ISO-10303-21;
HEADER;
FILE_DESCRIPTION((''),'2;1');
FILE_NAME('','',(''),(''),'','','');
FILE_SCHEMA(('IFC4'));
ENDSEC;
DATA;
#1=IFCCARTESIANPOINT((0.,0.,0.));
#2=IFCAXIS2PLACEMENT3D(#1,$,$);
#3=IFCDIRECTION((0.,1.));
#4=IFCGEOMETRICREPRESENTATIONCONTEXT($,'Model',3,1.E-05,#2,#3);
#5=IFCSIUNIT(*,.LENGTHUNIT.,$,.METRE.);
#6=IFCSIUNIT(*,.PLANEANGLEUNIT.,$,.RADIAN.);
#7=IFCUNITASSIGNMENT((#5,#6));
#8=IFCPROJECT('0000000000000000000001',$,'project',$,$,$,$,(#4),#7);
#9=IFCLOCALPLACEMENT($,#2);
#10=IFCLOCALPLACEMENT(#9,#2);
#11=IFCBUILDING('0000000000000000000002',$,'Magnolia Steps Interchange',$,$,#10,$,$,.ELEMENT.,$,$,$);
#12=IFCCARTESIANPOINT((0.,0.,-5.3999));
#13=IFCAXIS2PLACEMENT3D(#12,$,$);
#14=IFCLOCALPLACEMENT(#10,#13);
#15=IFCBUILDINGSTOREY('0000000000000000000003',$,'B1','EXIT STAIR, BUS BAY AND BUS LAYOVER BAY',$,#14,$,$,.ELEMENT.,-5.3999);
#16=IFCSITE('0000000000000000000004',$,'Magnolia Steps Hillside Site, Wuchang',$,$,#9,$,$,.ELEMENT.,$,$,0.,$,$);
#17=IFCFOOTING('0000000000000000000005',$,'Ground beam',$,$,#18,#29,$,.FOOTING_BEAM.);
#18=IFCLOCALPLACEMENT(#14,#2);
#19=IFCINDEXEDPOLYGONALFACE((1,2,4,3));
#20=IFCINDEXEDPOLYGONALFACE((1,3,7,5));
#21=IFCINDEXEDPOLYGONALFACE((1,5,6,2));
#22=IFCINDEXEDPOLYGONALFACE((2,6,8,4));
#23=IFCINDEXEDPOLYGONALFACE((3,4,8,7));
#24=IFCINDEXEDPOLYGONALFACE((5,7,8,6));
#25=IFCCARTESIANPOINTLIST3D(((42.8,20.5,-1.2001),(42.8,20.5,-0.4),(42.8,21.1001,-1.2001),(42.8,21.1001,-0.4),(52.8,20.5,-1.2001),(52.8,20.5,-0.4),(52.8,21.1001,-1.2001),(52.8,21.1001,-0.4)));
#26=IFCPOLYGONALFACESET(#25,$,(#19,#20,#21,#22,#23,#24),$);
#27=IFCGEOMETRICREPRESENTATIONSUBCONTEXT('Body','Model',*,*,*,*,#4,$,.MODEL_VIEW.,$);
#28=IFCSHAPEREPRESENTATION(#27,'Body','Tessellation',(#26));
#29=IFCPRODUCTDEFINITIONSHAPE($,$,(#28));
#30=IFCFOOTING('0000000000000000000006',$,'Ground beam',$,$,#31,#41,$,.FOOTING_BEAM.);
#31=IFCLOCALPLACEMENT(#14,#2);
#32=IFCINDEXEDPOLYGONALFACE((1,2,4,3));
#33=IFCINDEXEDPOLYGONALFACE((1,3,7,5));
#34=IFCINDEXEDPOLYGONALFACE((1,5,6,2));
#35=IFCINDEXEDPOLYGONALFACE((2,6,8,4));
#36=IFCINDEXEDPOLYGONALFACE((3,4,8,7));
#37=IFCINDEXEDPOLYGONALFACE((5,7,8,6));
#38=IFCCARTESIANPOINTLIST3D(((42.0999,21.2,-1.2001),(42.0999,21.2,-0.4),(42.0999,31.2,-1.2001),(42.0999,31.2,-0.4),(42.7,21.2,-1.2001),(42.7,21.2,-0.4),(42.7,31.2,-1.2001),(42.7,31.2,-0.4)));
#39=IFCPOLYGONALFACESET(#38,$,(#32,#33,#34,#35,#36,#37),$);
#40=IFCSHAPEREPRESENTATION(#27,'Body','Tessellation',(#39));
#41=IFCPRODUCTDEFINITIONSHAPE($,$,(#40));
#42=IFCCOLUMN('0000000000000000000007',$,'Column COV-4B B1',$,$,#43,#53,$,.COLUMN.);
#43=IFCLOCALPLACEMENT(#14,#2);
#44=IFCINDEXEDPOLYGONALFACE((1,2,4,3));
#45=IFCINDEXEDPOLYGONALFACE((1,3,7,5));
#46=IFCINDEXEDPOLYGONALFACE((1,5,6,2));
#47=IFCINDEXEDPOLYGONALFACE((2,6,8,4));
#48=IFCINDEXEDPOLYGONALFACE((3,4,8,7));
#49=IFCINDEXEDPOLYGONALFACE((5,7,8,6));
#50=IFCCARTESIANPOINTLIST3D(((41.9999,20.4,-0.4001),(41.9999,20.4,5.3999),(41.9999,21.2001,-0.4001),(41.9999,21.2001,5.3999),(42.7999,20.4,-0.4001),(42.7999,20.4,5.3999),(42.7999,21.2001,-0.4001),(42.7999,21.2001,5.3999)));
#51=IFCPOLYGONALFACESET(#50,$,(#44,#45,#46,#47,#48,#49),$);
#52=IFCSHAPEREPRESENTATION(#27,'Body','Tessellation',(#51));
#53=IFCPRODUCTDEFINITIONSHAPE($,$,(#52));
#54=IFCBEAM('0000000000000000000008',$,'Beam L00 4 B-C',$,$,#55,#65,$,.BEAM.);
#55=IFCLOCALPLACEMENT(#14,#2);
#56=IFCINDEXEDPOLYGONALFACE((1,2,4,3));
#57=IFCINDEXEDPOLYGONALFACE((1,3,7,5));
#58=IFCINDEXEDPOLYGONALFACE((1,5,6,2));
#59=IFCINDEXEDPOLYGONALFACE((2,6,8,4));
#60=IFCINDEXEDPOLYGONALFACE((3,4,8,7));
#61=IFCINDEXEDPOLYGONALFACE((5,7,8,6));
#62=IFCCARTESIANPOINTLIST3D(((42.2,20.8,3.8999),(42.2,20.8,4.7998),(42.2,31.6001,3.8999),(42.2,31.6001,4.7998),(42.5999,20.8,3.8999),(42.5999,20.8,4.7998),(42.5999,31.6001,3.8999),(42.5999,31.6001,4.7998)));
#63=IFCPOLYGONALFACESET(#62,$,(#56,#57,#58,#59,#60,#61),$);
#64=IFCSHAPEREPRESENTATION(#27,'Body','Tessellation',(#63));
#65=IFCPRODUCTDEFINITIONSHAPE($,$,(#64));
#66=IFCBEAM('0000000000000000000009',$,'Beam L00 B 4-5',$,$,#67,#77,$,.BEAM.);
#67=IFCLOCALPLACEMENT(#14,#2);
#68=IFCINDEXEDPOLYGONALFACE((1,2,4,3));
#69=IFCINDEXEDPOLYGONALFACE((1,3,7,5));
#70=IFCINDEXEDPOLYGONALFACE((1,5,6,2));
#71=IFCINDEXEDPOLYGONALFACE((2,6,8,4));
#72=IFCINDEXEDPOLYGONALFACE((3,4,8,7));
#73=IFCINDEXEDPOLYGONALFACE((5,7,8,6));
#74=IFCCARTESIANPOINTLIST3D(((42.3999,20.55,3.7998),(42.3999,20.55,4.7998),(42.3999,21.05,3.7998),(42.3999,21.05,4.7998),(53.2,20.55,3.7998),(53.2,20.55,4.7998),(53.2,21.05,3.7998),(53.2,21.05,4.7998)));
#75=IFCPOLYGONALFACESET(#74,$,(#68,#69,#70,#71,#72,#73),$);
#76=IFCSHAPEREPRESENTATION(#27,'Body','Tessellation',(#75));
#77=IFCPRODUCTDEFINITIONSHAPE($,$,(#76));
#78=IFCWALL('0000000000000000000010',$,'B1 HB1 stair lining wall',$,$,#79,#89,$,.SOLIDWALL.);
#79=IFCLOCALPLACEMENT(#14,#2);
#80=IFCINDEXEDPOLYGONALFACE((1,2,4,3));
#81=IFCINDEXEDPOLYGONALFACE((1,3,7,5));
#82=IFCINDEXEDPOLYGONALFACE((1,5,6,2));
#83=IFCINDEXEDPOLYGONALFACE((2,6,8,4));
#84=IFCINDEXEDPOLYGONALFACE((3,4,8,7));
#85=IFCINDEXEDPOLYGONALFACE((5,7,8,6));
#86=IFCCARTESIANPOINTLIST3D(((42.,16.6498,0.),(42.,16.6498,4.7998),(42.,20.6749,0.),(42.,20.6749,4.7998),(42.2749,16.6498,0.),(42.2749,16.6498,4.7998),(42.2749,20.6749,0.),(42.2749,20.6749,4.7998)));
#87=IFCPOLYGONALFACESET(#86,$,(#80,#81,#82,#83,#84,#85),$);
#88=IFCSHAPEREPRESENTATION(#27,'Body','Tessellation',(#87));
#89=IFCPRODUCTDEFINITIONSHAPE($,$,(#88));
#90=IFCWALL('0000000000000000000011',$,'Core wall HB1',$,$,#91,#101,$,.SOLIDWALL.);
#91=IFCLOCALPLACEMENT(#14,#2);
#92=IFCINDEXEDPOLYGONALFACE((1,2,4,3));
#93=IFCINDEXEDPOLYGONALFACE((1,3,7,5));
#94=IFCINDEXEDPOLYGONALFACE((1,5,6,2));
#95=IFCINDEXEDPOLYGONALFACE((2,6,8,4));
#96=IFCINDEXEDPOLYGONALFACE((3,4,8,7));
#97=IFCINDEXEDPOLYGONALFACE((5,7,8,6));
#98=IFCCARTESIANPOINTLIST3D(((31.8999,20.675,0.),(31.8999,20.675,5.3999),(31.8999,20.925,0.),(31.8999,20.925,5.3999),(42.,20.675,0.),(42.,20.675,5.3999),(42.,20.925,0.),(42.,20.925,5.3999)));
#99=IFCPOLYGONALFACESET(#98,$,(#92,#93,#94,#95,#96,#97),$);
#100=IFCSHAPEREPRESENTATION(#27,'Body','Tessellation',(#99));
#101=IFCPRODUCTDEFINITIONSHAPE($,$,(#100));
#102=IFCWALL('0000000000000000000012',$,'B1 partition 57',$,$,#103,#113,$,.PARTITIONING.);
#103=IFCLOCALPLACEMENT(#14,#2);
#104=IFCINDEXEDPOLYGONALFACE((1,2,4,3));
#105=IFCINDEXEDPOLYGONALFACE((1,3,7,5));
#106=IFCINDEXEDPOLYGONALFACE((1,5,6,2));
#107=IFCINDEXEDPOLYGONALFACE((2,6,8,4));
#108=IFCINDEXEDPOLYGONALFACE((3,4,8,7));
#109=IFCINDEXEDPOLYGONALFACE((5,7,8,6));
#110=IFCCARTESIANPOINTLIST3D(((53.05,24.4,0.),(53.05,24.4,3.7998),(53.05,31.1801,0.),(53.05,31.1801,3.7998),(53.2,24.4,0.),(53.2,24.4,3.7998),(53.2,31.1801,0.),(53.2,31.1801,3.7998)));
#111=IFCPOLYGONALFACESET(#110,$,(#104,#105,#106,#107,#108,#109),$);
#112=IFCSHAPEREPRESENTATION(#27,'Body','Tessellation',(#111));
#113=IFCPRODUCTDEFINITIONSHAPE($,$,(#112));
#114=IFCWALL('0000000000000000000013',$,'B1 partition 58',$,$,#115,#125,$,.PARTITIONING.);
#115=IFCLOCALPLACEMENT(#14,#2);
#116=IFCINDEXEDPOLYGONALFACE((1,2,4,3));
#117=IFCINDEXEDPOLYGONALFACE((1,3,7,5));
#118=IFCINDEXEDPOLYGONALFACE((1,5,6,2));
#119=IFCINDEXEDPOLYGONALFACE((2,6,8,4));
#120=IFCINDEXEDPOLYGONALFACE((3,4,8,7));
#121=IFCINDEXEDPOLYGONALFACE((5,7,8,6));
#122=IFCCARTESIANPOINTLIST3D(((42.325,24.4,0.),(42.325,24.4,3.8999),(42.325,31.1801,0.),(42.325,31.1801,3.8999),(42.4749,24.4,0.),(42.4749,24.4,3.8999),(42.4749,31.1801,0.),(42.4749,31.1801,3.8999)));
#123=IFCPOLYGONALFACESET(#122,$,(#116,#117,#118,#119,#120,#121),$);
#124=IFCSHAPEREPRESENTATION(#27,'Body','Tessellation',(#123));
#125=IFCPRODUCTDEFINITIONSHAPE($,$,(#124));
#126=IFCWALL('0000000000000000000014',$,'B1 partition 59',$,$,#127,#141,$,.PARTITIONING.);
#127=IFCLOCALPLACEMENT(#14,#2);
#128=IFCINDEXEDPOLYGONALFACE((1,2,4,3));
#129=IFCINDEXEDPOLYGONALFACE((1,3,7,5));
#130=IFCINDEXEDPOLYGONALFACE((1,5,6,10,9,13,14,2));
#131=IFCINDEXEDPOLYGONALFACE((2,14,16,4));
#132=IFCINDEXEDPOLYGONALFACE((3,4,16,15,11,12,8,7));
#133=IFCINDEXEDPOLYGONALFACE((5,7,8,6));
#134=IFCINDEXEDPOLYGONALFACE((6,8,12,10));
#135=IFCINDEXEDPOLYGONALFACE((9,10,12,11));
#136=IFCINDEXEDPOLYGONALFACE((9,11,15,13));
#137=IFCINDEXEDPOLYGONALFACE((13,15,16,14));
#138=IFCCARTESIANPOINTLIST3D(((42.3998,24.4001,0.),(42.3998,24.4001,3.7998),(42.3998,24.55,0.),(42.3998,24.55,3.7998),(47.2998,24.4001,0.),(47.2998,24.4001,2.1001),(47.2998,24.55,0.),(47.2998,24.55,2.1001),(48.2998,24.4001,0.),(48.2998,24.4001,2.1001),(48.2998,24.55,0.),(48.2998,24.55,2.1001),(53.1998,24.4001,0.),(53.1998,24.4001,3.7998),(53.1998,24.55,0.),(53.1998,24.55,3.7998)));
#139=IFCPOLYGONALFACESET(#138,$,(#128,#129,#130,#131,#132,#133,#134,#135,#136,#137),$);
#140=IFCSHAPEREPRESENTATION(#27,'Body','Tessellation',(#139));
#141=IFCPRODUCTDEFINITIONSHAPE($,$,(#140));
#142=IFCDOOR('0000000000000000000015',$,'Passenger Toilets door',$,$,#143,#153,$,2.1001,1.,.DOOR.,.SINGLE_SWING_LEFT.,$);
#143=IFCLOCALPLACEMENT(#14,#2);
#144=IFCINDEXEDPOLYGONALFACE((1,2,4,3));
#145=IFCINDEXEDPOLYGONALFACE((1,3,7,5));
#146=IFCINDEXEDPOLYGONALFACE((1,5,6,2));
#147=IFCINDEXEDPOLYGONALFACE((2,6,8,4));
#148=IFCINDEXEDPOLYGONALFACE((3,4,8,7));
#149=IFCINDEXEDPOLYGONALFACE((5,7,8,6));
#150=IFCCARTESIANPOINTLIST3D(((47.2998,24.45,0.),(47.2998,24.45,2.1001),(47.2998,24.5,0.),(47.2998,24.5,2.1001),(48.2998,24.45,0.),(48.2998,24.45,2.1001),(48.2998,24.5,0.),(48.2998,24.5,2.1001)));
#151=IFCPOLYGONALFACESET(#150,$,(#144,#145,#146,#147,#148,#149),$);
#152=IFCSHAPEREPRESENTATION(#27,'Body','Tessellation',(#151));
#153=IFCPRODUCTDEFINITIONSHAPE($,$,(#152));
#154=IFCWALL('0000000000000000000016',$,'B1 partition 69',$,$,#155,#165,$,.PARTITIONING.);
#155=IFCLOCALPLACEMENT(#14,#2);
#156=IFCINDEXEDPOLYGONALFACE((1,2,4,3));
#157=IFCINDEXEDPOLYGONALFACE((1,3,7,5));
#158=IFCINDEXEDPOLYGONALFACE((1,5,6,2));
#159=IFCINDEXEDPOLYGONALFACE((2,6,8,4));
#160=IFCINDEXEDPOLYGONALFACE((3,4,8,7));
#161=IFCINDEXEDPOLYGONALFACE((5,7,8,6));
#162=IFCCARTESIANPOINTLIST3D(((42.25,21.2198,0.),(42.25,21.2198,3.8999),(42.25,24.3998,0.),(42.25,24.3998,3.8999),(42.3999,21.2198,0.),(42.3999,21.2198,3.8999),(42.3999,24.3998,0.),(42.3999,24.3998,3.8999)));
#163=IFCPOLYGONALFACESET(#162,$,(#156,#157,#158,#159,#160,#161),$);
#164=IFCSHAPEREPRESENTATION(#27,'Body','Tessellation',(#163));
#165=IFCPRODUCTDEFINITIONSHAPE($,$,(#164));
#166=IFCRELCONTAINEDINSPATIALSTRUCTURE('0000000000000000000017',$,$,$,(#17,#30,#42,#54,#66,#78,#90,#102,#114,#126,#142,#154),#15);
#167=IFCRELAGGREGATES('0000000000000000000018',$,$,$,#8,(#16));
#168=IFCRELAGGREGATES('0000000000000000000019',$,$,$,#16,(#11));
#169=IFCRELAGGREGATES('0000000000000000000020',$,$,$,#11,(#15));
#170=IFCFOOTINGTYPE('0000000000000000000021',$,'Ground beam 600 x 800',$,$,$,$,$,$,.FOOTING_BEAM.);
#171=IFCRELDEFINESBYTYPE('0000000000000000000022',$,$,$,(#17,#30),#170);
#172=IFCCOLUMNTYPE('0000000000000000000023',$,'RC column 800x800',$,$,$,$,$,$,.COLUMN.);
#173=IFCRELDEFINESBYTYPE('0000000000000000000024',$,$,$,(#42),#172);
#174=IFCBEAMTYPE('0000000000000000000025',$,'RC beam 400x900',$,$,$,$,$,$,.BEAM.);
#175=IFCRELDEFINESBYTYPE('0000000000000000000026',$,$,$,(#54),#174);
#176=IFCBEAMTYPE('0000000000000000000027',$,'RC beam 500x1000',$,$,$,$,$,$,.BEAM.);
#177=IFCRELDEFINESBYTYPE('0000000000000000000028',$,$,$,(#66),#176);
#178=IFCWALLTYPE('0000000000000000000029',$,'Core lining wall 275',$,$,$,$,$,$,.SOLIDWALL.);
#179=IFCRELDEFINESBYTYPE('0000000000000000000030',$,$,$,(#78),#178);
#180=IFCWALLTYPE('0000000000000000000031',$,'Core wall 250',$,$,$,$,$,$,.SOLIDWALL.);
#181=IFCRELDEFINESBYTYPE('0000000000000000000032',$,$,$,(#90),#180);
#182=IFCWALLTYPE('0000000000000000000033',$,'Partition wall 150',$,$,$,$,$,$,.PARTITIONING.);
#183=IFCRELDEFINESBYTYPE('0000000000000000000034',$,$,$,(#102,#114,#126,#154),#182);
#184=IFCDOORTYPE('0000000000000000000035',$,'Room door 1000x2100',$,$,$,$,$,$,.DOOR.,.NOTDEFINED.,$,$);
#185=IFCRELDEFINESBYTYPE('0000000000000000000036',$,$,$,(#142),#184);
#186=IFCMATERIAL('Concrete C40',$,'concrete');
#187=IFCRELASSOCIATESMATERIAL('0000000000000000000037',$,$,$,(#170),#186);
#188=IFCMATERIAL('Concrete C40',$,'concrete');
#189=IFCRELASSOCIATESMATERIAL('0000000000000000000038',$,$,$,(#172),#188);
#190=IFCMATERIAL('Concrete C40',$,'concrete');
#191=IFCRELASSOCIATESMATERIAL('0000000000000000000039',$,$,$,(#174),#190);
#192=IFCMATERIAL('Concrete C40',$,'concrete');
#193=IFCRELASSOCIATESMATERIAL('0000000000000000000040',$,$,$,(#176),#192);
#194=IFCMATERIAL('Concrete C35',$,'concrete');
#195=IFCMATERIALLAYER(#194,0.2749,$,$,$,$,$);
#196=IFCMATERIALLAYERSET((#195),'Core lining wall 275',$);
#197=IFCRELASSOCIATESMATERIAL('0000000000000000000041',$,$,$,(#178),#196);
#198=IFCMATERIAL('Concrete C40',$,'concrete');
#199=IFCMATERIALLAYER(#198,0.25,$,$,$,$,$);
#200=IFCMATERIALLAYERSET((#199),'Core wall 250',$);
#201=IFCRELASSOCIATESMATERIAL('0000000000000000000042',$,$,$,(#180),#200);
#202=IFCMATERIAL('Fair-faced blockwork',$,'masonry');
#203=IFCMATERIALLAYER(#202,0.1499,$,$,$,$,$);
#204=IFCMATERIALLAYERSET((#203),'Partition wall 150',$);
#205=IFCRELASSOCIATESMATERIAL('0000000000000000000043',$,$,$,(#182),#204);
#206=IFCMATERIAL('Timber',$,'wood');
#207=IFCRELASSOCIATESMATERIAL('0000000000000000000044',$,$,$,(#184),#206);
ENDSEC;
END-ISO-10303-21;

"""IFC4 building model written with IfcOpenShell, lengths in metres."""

from ifc_helpers import new_model, si_unit, direction, frame, frame_2d, origin, origin_2d, place, context, subcontext, project, spatial, rectangle, extrude, material, layer, layer_set, material_profile, profile_set, type_object, element, fill, save


model = new_model("IFC4")

# Units and contexts
model_context = context("Model", 3, precision=1e-05, world=origin(), true_north=direction((0.0, 1.0)))
body_context = subcontext(model_context, "Body", "Model", "MODEL_VIEW")
ifc_project = project(units=[si_unit("LENGTHUNIT", "METRE"), si_unit("PLANEANGLEUNIT", "RADIAN")], contexts=[model_context])

# Site, building, storey
site_placement = place(None, origin())
site = spatial("IfcSite", under=ifc_project, at=site_placement, Name="Magnolia Steps Hillside Site, Wuchang", CompositionType="ELEMENT", RefElevation=0.0)
building_placement = place(site_placement, origin())
building = spatial("IfcBuilding", under=site, at=building_placement, Name="Magnolia Steps Interchange", CompositionType="ELEMENT")
storey_placement = place(building_placement, frame((0.0, 0.0, -5.3999)))
storey = spatial("IfcBuildingStorey", under=building, at=storey_placement, Name="B1", Description="EXIT STAIR, BUS BAY AND BUS LAYOVER BAY", CompositionType="ELEMENT", Elevation=-5.3999)

# Footings
ifc_material_1 = material(Name="Concrete C40", Category="concrete")
ifc_material_profile_1 = material_profile(ifc_material_1, rectangle(XDim=0.6001, YDim=0.8, at=origin_2d()), Name="RC600x800")
ifc_profile_set_1 = profile_set([ifc_material_profile_1], Name="Concrete C40")
footing_type = type_object("IfcFootingType", Name="Ground beam 600 x 800", PredefinedType="FOOTING_BEAM", material=ifc_profile_set_1)
for number, where, z_axis, x_axis, name in (
    (1, (42.8, 20.8, -0.8), (1.0, 0.0, 0.0), (0.0, 1.0, 0.0), "Ground beam"),
    (2, (42.3999, 21.2, -0.8), (0.0, 1.0, 0.0), (-1.0, 0.0, 0.0), "Ground beam"),
):
    element("IfcFooting", number, at=place(storey_placement, frame(where, z_axis=z_axis, x_axis=x_axis)), inside=storey, type_object=footing_type, Name=name, PredefinedType="FOOTING_BEAM", context=body_context, shape_type="SweptSolid", body=[
        extrude(rectangle(XDim=0.6001, YDim=0.8, at=origin_2d()), origin(), (0.0, 0.0, 1.0), 10.0),
    ])

# Column
ifc_material_2 = material(Name="Concrete C40", Category="concrete")
ifc_material_profile_2 = material_profile(ifc_material_2, rectangle(XDim=0.8, YDim=0.8, at=origin_2d()), Name="RC800x800")
ifc_profile_set_2 = profile_set([ifc_material_profile_2], Name="Concrete C40")
column_type = type_object("IfcColumnType", Name="RC column 800x800", PredefinedType="COLUMN", material=ifc_profile_set_2)
column_placement = place(storey_placement, frame((42.3999, 20.8, -0.4001), z_axis=(0.0, 0.0, 1.0), x_axis=(1.0, 0.0, 0.0)))
element("IfcColumn", 3, at=column_placement, inside=storey, type_object=column_type, Name="Column COV-4B B1", PredefinedType="COLUMN", context=body_context, shape_type="SweptSolid", body=[
    extrude(rectangle(XDim=0.8, YDim=0.8, at=origin_2d()), origin(), (0.0, 0.0, 1.0), 5.8),
])

# Beams
ifc_material_3 = material(Name="Concrete C40", Category="concrete")
ifc_material_profile_3 = material_profile(ifc_material_3, rectangle(XDim=0.3999, YDim=0.8999, at=origin_2d()), Name="RC400x900")
ifc_profile_set_3 = profile_set([ifc_material_profile_3], Name="Concrete C40")
beam_type_1 = type_object("IfcBeamType", Name="RC beam 400x900", PredefinedType="BEAM", material=ifc_profile_set_3)
beam_1_placement = place(storey_placement, frame((42.3999, 20.8, 4.3499), z_axis=(0.0, 1.0, 0.0), x_axis=(-1.0, 0.0, 0.0)))
element("IfcBeam", 4, at=beam_1_placement, inside=storey, type_object=beam_type_1, Name="Beam L00 4 B-C", PredefinedType="BEAM", context=body_context, shape_type="SweptSolid", body=[
    extrude(rectangle(XDim=0.3999, YDim=0.8999, at=origin_2d()), origin(), (0.0, 0.0, 1.0), 10.8),
])
ifc_material_4 = material(Name="Concrete C40", Category="concrete")
ifc_material_profile_4 = material_profile(ifc_material_4, rectangle(XDim=0.5, YDim=1.0, at=origin_2d()), Name="RC500x1000")
ifc_profile_set_4 = profile_set([ifc_material_profile_4], Name="Concrete C40")
beam_type_2 = type_object("IfcBeamType", Name="RC beam 500x1000", PredefinedType="BEAM", material=ifc_profile_set_4)
beam_2_placement = place(storey_placement, frame((42.3999, 20.8, 4.2998), z_axis=(1.0, 0.0, 0.0), x_axis=(0.0, 1.0, 0.0)))
element("IfcBeam", 5, at=beam_2_placement, inside=storey, type_object=beam_type_2, Name="Beam L00 B 4-5", PredefinedType="BEAM", context=body_context, shape_type="SweptSolid", body=[
    extrude(rectangle(XDim=0.5, YDim=1.0, at=origin_2d()), origin(), (0.0, 0.0, 1.0), 10.8),
])

# Walls
ifc_material_5 = material(Name="Concrete C35", Category="concrete")
ifc_layer_1 = layer(ifc_material_5, 0.2749)
ifc_layer_set_1 = layer_set([ifc_layer_1], Name="Core lining wall 275")
wall_type_1 = type_object("IfcWallType", Name="Core lining wall 275", PredefinedType="SOLIDWALL", material=ifc_layer_set_1)
wall_1_placement = place(storey_placement, frame((42.1375, 20.675, 0.0), z_axis=(0.0, 0.0, 1.0), x_axis=(0.0, -1.0, 0.0)))
element("IfcWall", 6, at=wall_1_placement, inside=storey, type_object=wall_type_1, Name="B1 HB1 stair lining wall", PredefinedType="SOLIDWALL", context=body_context, shape_type="SweptSolid", body=[
    extrude(rectangle(XDim=4.0251, YDim=0.2749, at=frame_2d((2.0127, 0.0))), origin(), (0.0, 0.0, 1.0), 4.7998),
])
ifc_material_6 = material(Name="Concrete C40", Category="concrete")
ifc_layer_2 = layer(ifc_material_6, 0.25)
ifc_layer_set_2 = layer_set([ifc_layer_2], Name="Core wall 250")
wall_type_2 = type_object("IfcWallType", Name="Core wall 250", PredefinedType="SOLIDWALL", material=ifc_layer_set_2)
wall_2_placement = place(storey_placement, frame((42.0, 20.8, 0.0), z_axis=(0.0, 0.0, 1.0), x_axis=(-1.0, 0.0, 0.0)))
element("IfcWall", 7, at=wall_2_placement, inside=storey, type_object=wall_type_2, Name="Core wall HB1", PredefinedType="SOLIDWALL", context=body_context, shape_type="SweptSolid", body=[
    extrude(rectangle(XDim=10.1001, YDim=0.25, at=frame_2d((5.05, 0.0))), origin(), (0.0, 0.0, 1.0), 5.3999),
])
ifc_material_7 = material(Name="Fair-faced blockwork", Category="masonry")
ifc_layer_3 = layer(ifc_material_7, 0.1499)
ifc_layer_set_3 = layer_set([ifc_layer_3], Name="Partition wall 150")
wall_type_3 = type_object("IfcWallType", Name="Partition wall 150", PredefinedType="PARTITIONING", material=ifc_layer_set_3)
wall_3_placement = place(storey_placement, frame((53.125, 24.3999, 0.0), z_axis=(0.0, 0.0, 1.0), x_axis=(0.0, 1.0, 0.0)))
element("IfcWall", 8, at=wall_3_placement, inside=storey, type_object=wall_type_3, Name="B1 partition 57", PredefinedType="PARTITIONING", context=body_context, shape_type="SweptSolid", body=[
    extrude(rectangle(XDim=6.78, YDim=0.1499, at=frame_2d((3.3901, 0.0))), origin(), (0.0, 0.0, 1.0), 3.7998),
])
wall_4_placement = place(storey_placement, frame((42.3999, 24.3999, 0.0), z_axis=(0.0, 0.0, 1.0), x_axis=(0.0, 1.0, 0.0)))
element("IfcWall", 9, at=wall_4_placement, inside=storey, type_object=wall_type_3, Name="B1 partition 58", PredefinedType="PARTITIONING", context=body_context, shape_type="SweptSolid", body=[
    extrude(rectangle(XDim=6.78, YDim=0.1499, at=frame_2d((3.3901, 0.0))), origin(), (0.0, 0.0, 1.0), 3.8999),
])

# Wall, opening, door
wall_5_placement = place(storey_placement, frame((42.3999, 24.4751, 0.0), z_axis=(0.0, 0.0, 1.0), x_axis=(1.0, 0.0, 0.0)))
wall_5 = element("IfcWall", 10, at=wall_5_placement, inside=storey, type_object=wall_type_3, Name="B1 partition 59", PredefinedType="PARTITIONING", context=body_context, shape_type="SweptSolid", body=[
    extrude(rectangle(XDim=10.8, YDim=0.1499, at=frame_2d((5.3999, 0.0))), origin(), (0.0, 0.0, 1.0), 3.7998),
])
opening_placement = place(wall_5_placement, frame((4.8999, 0.0, 0.0)))
opening = element("IfcOpeningElement", 11, at=opening_placement, cuts=wall_5, PredefinedType="OPENING", context=body_context, shape_type="SweptSolid", body=[
    extrude(rectangle(XDim=1.0, YDim=2.1001, at=frame_2d((0.5, 1.05))), frame((0.0, 0.085, 0.0), z_axis=(0.0, -1.0, 0.0), x_axis=(1.0, 0.0, 0.0)), (0.0, 0.0, 1.0), 0.1699),
])
ifc_material_8 = material(Name="Timber", Category="wood")
door_type = type_object("IfcDoorType", Name="Room door 1000x2100", OperationType="NOTDEFINED", PredefinedType="DOOR", material=ifc_material_8)
door_placement = place(opening_placement, origin())
door = element("IfcDoor", 12, at=door_placement, inside=storey, type_object=door_type, Name="Passenger Toilets door", OperationType="SINGLE_SWING_LEFT", OverallHeight=2.1001, OverallWidth=1.0, PredefinedType="DOOR", context=body_context, shape_type="SweptSolid", body=[
    extrude(rectangle(XDim=1.0, YDim=2.1001, at=frame_2d((0.5, 1.05))), frame((0.0, 0.0249, 0.0), z_axis=(0.0, -1.0, 0.0), x_axis=(1.0, 0.0, 0.0)), (0.0, 0.0, 1.0), 0.05),
])
fill(opening, door)

# Wall
wall_6_placement = place(storey_placement, frame((42.325, 21.22, 0.0), z_axis=(0.0, 0.0, 1.0), x_axis=(0.0, 1.0, 0.0)))
element("IfcWall", 13, at=wall_6_placement, inside=storey, type_object=wall_type_3, Name="B1 partition 69", PredefinedType="PARTITIONING", context=body_context, shape_type="SweptSolid", body=[
    extrude(rectangle(XDim=3.1799, YDim=0.1499, at=frame_2d((1.5898, 0.0))), origin(), (0.0, 0.0, 1.0), 3.8999),
])

save(model, "model.ifc")
